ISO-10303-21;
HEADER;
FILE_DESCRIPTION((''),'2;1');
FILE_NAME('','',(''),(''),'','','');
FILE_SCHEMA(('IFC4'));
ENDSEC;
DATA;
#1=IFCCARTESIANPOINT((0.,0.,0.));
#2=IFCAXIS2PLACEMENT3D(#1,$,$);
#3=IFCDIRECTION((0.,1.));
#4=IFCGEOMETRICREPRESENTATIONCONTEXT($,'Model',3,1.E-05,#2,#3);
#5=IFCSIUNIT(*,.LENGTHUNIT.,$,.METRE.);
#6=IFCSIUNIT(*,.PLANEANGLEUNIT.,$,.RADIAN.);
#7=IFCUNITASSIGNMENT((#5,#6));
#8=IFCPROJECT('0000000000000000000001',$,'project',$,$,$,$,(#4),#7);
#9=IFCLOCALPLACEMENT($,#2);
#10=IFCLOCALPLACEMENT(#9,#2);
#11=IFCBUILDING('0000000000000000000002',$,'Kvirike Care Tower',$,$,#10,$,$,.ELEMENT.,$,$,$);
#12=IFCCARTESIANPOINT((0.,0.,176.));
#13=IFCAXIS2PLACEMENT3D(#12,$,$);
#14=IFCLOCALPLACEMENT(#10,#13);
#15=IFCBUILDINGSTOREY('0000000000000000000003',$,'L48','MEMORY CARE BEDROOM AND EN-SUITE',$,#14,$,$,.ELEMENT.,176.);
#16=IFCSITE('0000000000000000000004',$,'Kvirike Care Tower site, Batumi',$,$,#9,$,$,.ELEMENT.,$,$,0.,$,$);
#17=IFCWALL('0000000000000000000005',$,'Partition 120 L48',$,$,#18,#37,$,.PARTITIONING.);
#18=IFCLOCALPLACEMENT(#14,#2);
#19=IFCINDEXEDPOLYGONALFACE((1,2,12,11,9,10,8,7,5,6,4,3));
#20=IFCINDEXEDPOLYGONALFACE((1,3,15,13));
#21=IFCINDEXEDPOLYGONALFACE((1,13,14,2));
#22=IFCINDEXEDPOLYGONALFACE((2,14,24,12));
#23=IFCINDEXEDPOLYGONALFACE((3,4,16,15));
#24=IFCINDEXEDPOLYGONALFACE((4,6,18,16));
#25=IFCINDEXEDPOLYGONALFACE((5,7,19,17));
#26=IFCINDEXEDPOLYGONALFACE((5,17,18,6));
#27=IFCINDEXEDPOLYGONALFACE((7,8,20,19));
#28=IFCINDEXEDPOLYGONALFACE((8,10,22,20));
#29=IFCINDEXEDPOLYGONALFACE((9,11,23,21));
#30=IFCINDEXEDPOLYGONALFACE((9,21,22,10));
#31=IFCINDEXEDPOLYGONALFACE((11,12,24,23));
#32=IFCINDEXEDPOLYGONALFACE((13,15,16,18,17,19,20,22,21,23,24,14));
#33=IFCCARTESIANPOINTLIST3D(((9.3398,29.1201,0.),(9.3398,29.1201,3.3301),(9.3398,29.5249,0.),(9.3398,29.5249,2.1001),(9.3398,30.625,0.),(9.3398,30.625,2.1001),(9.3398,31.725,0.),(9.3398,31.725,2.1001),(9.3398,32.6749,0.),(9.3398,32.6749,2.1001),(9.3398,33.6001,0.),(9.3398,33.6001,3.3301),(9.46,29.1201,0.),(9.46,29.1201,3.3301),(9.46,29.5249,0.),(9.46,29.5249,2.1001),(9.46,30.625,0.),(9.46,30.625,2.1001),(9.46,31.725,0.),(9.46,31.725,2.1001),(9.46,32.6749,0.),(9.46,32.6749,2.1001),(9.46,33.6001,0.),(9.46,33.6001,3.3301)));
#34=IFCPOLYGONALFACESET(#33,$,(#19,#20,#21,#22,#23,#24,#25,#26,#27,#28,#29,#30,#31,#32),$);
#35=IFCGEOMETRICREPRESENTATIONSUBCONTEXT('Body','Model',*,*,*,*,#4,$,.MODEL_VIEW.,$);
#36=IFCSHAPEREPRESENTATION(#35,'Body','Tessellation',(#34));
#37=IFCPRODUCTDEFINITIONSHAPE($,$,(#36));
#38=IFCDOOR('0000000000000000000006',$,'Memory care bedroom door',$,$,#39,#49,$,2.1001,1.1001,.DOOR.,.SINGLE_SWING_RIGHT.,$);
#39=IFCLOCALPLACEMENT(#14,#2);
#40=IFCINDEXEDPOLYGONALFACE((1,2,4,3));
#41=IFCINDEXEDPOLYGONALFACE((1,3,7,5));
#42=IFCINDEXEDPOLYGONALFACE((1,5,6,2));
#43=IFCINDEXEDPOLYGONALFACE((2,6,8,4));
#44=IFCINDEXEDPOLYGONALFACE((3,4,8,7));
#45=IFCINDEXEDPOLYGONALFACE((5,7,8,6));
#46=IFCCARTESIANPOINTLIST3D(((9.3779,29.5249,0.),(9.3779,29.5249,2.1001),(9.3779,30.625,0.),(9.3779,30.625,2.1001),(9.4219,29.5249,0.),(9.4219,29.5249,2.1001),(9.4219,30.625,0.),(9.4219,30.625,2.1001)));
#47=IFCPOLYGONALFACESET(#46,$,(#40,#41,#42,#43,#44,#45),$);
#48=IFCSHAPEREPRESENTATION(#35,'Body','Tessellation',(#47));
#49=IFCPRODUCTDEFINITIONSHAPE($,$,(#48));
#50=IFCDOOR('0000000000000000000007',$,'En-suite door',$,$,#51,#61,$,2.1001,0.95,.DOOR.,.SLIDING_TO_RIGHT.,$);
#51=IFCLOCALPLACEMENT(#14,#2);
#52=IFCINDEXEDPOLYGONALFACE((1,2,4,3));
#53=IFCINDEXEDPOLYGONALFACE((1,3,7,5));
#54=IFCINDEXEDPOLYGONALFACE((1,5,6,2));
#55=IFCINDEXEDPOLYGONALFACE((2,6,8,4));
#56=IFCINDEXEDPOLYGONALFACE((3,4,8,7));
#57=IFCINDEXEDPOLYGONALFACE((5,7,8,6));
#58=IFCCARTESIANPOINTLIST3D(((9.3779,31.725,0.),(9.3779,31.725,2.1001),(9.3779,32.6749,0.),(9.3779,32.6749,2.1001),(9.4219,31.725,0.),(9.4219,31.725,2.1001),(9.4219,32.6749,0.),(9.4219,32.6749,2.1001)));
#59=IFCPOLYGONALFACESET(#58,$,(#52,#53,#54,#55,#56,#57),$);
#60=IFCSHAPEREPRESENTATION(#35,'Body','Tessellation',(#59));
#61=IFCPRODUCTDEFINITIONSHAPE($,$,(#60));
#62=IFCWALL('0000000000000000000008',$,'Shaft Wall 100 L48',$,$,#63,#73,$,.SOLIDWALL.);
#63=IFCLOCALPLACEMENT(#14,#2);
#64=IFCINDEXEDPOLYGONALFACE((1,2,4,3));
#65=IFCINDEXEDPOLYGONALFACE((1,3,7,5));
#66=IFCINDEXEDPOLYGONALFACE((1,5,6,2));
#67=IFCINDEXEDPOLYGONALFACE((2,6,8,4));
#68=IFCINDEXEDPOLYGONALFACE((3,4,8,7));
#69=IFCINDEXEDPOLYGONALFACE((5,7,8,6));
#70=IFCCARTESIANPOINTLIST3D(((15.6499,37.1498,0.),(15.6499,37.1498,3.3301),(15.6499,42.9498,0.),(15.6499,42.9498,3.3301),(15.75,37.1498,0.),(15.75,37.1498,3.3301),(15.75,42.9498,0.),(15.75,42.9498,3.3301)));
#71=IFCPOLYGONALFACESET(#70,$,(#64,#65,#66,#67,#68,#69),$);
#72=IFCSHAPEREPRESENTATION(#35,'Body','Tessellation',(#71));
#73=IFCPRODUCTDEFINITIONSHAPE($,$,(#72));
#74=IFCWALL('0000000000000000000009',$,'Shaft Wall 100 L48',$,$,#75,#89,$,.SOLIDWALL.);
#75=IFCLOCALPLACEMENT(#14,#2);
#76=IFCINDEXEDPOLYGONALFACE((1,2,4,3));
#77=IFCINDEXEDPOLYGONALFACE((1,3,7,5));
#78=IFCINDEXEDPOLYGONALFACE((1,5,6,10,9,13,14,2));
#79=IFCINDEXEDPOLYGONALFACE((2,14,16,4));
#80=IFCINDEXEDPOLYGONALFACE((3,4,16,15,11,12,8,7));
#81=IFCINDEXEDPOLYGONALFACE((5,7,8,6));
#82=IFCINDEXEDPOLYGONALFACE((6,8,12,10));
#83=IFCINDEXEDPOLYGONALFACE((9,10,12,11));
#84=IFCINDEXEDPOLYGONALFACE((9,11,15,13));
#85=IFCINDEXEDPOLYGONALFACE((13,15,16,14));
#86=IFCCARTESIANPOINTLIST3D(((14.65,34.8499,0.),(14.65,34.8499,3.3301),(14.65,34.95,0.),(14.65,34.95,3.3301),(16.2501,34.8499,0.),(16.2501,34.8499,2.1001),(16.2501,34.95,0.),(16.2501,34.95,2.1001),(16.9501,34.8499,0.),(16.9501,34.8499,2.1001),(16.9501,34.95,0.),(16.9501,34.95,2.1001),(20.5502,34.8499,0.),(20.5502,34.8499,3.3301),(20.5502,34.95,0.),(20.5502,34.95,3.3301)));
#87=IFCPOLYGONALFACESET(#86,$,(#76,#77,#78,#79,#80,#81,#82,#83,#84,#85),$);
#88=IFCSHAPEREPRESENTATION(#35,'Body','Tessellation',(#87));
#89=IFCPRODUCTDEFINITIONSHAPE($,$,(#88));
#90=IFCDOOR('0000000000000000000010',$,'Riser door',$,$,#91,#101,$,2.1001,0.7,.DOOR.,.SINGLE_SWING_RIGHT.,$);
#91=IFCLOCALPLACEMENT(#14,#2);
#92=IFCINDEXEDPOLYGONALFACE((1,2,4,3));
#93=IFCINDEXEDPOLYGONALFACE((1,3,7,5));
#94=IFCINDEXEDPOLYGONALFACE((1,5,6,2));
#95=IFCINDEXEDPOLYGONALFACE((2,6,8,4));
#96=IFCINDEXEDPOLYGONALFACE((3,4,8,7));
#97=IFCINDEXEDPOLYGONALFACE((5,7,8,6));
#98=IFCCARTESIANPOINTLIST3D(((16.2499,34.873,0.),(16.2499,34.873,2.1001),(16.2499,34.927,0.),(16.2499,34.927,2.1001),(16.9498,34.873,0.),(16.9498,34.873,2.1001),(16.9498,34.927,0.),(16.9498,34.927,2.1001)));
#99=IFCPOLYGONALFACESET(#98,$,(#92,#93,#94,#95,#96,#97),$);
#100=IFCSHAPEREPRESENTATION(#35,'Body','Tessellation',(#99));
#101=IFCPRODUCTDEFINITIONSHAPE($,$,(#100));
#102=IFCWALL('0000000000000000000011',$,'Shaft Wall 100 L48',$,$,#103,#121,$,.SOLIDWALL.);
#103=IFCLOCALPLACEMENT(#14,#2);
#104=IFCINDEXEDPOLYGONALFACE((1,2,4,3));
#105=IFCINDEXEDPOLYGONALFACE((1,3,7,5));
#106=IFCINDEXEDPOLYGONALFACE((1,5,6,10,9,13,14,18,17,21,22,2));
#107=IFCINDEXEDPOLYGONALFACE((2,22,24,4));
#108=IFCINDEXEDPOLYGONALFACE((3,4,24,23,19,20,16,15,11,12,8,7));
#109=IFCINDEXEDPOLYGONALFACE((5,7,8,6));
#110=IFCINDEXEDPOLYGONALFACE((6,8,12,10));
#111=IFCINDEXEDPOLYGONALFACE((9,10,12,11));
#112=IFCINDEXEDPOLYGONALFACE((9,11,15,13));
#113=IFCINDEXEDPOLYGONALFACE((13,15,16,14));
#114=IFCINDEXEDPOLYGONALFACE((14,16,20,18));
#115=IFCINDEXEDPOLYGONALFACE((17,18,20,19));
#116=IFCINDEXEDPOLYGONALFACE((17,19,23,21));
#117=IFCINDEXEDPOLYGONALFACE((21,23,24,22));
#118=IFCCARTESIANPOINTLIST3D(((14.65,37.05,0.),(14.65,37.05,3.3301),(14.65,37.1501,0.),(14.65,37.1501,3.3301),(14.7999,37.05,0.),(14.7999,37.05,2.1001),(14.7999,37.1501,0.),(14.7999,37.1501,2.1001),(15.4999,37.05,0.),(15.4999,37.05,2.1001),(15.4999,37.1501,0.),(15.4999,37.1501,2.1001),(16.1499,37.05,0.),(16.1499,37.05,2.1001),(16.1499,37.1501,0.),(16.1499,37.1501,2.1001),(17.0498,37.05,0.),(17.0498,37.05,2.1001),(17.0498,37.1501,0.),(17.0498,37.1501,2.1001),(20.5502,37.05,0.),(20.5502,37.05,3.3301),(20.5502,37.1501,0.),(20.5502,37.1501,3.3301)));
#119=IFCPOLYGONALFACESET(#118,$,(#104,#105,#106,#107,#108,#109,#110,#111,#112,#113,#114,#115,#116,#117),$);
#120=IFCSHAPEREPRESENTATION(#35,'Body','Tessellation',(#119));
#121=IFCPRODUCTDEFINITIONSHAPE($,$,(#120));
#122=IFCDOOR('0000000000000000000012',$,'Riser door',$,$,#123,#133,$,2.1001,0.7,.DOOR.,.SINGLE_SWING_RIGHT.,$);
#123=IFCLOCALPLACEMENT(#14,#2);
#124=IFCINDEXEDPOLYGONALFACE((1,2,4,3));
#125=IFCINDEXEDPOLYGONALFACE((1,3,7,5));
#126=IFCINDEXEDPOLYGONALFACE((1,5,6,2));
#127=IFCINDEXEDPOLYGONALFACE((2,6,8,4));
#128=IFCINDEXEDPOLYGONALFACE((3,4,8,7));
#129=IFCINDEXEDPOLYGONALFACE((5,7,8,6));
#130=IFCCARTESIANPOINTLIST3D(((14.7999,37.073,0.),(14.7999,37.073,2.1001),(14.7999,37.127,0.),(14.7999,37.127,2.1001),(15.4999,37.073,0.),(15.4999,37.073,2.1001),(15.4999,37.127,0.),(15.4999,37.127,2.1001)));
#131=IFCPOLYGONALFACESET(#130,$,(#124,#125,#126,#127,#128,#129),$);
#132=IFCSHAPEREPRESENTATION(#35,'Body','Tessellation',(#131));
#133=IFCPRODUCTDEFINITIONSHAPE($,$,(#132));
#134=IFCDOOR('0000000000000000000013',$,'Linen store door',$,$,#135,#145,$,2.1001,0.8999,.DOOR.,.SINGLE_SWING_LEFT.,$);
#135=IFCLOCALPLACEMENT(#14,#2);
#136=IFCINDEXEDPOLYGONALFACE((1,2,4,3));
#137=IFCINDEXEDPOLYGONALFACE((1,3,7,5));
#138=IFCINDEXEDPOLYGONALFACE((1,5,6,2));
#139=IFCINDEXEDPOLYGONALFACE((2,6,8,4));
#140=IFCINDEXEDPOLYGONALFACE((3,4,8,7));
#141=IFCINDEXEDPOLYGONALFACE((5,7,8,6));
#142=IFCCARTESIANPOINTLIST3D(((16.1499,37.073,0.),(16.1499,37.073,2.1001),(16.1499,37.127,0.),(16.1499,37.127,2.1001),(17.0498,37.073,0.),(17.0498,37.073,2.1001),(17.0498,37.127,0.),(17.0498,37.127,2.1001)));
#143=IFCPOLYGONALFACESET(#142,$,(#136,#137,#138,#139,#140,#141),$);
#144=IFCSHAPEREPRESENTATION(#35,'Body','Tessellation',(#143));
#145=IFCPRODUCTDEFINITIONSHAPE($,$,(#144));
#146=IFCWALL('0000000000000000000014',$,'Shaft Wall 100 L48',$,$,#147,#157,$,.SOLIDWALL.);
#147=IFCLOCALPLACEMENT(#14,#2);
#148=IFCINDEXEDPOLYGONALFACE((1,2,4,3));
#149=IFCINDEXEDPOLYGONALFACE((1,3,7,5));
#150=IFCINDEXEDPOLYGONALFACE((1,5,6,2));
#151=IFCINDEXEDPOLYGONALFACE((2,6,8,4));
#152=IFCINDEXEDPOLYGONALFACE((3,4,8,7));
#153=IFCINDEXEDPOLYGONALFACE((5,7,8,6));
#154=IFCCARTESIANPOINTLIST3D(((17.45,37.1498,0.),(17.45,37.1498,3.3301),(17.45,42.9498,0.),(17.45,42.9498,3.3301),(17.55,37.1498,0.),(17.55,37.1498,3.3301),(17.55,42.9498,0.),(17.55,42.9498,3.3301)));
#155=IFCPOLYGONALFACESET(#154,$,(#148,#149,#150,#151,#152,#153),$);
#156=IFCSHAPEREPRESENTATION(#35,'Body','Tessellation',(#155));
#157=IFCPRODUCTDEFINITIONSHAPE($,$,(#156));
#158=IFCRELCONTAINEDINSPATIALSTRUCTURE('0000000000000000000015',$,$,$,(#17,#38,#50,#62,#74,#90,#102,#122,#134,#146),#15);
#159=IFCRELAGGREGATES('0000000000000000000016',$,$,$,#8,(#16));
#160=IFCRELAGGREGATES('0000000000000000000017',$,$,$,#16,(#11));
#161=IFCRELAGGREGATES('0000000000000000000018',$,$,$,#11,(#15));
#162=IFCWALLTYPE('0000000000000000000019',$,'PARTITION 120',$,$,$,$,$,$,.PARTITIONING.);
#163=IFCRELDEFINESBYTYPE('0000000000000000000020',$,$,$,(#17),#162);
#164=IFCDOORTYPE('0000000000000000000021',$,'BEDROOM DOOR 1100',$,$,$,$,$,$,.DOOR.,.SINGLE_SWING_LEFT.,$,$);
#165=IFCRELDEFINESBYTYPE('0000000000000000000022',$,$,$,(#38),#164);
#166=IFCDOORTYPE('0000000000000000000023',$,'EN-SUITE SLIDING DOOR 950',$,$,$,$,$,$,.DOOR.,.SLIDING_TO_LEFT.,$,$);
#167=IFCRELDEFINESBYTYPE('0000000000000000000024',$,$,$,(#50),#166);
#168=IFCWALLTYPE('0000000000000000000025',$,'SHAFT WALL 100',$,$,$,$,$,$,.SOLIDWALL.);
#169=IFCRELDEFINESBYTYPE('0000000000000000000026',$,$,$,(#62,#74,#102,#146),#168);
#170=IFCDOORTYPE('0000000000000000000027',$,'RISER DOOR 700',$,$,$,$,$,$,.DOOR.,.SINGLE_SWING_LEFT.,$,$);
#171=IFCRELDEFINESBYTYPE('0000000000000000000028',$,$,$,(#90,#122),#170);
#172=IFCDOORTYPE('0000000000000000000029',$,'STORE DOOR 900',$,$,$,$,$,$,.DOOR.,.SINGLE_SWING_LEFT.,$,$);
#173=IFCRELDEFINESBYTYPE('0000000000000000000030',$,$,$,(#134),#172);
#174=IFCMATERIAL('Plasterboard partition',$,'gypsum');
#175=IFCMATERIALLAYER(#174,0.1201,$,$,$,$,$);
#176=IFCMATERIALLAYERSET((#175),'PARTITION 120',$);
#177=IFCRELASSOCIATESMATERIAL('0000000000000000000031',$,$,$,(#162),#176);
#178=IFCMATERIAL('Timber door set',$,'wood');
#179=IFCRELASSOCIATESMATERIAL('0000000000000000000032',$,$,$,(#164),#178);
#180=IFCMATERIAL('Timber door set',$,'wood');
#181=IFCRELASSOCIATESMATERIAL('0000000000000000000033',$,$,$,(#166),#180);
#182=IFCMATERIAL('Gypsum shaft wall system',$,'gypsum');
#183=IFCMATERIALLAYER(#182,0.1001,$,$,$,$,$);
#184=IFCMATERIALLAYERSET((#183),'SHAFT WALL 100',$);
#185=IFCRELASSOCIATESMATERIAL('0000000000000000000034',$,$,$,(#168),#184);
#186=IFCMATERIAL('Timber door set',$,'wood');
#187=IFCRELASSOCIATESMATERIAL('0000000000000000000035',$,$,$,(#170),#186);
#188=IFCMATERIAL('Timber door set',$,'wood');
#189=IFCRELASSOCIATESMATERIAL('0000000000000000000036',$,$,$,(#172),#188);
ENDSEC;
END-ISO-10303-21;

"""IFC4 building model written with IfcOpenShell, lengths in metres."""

from ifc_helpers import new_model, si_unit, direction, frame, frame_2d, origin, place, context, subcontext, project, spatial, rectangle, extrude, material, layer, layer_set, type_object, element, fill, save


model = new_model("IFC4")

# Units and contexts
model_context = context("Model", 3, precision=1e-05, world=origin(), true_north=direction((0.0, 1.0)))
body_context = subcontext(model_context, "Body", "Model", "MODEL_VIEW")
ifc_project = project(units=[si_unit("LENGTHUNIT", "METRE"), si_unit("PLANEANGLEUNIT", "RADIAN")], contexts=[model_context])

# Site, building, storey
site_placement = place(None, origin())
site = spatial("IfcSite", under=ifc_project, at=site_placement, Name="Kvirike Care Tower site, Batumi", CompositionType="ELEMENT", RefElevation=0.0)
building_placement = place(site_placement, origin())
building = spatial("IfcBuilding", under=site, at=building_placement, Name="Kvirike Care Tower", CompositionType="ELEMENT")
storey_placement = place(building_placement, frame((0.0, 0.0, 176.0)))
storey = spatial("IfcBuildingStorey", under=building, at=storey_placement, Name="L48", Description="MEMORY CARE BEDROOM AND EN-SUITE", CompositionType="ELEMENT", Elevation=176.0)

# Shared definitions
ifc_material_1 = material(Name="Plasterboard partition", Category="gypsum")
ifc_layer_1 = layer(ifc_material_1, 0.1201)
ifc_layer_set_1 = layer_set([ifc_layer_1], Name="PARTITION 120")
wall_type_1 = type_object("IfcWallType", Name="PARTITION 120", PredefinedType="PARTITIONING", material=ifc_layer_set_1)

# Wall, openings, doors
wall_1_placement = place(storey_placement, frame((9.3999, 33.6001, 0.0), z_axis=(0.0, 0.0, 1.0), x_axis=(0.0, -1.0, 0.0)))
wall_1 = element("IfcWall", 1, at=wall_1_placement, inside=storey, type_object=wall_type_1, Name="Partition 120 L48", PredefinedType="PARTITIONING", context=body_context, shape_type="SweptSolid", body=[
    extrude(rectangle(XDim=4.48, YDim=0.1201, at=frame_2d((2.24, 0.0))), origin(), (0.0, 0.0, 1.0), 3.3301),
])
opening_1_placement = place(wall_1_placement, frame((2.9751, 0.0, 0.0)))
opening_1 = element("IfcOpeningElement", 2, at=opening_1_placement, cuts=wall_1, PredefinedType="OPENING", context=body_context, shape_type="SweptSolid", body=[
    extrude(rectangle(XDim=1.1001, YDim=2.1001, at=frame_2d((0.55, 1.05))), frame((0.0, 0.0706, 0.0), z_axis=(0.0, -1.0, 0.0), x_axis=(1.0, 0.0, 0.0)), (0.0, 0.0, 1.0), 0.1411),
])
opening_2_placement = place(wall_1_placement, frame((0.925, 0.0, 0.0)))
opening_2 = element("IfcOpeningElement", 3, at=opening_2_placement, cuts=wall_1, PredefinedType="OPENING", context=body_context, shape_type="SweptSolid", body=[
    extrude(rectangle(XDim=0.95, YDim=2.1001, at=frame_2d((0.4751, 1.05))), frame((0.0, 0.0706, 0.0), z_axis=(0.0, -1.0, 0.0), x_axis=(1.0, 0.0, 0.0)), (0.0, 0.0, 1.0), 0.1411),
])
ifc_material_2 = material(Name="Timber door set", Category="wood")
door_type_1 = type_object("IfcDoorType", Name="BEDROOM DOOR 1100", OperationType="SINGLE_SWING_LEFT", PredefinedType="DOOR", material=ifc_material_2)
door_1_placement = place(opening_1_placement, origin())
door_1 = element("IfcDoor", 4, at=door_1_placement, inside=storey, type_object=door_type_1, Name="Memory care bedroom door", OperationType="SINGLE_SWING_RIGHT", OverallHeight=2.1001, OverallWidth=1.1001, PredefinedType="DOOR", context=body_context, shape_type="SweptSolid", body=[
    extrude(rectangle(XDim=1.1001, YDim=2.1001, at=frame_2d((0.55, 1.05))), frame((0.0, 0.022, 0.0), z_axis=(0.0, -1.0, 0.0), x_axis=(1.0, 0.0, 0.0)), (0.0, 0.0, 1.0), 0.0439),
])
fill(opening_1, door_1)
ifc_material_3 = material(Name="Timber door set", Category="wood")
door_type_2 = type_object("IfcDoorType", Name="EN-SUITE SLIDING DOOR 950", OperationType="SLIDING_TO_LEFT", PredefinedType="DOOR", material=ifc_material_3)
door_2_placement = place(opening_2_placement, origin())
door_2 = element("IfcDoor", 5, at=door_2_placement, inside=storey, type_object=door_type_2, Name="En-suite door", OperationType="SLIDING_TO_RIGHT", OverallHeight=2.1001, OverallWidth=0.95, PredefinedType="DOOR", context=body_context, shape_type="SweptSolid", body=[
    extrude(rectangle(XDim=0.95, YDim=2.1001, at=frame_2d((0.4751, 1.05))), frame((0.0, 0.022, 0.0), z_axis=(0.0, -1.0, 0.0), x_axis=(1.0, 0.0, 0.0)), (0.0, 0.0, 1.0), 0.0439),
])
fill(opening_2, door_2)

# Wall
ifc_material_4 = material(Name="Gypsum shaft wall system", Category="gypsum")
ifc_layer_2 = layer(ifc_material_4, 0.1001)
ifc_layer_set_2 = layer_set([ifc_layer_2], Name="SHAFT WALL 100")
wall_type_2 = type_object("IfcWallType", Name="SHAFT WALL 100", PredefinedType="SOLIDWALL", material=ifc_layer_set_2)
wall_2_placement = place(storey_placement, frame((15.7, 37.1499, 0.0), z_axis=(0.0, 0.0, 1.0), x_axis=(0.0, 1.0, 0.0)))
element("IfcWall", 6, at=wall_2_placement, inside=storey, type_object=wall_type_2, Name="Shaft Wall 100 L48", PredefinedType="SOLIDWALL", context=body_context, shape_type="SweptSolid", body=[
    extrude(rectangle(XDim=5.8, YDim=0.1001, at=frame_2d((2.8999, 0.0))), origin(), (0.0, 0.0, 1.0), 3.3301),
])

# Wall, opening, door
wall_3_placement = place(storey_placement, frame((14.6499, 34.8999, 0.0), z_axis=(0.0, 0.0, 1.0), x_axis=(1.0, 0.0, 0.0)))
wall_3 = element("IfcWall", 7, at=wall_3_placement, inside=storey, type_object=wall_type_2, Name="Shaft Wall 100 L48", PredefinedType="SOLIDWALL", context=body_context, shape_type="SweptSolid", body=[
    extrude(rectangle(XDim=5.9001, YDim=0.1001, at=frame_2d((2.9502, 0.0))), origin(), (0.0, 0.0, 1.0), 3.3301),
])
opening_3_placement = place(wall_3_placement, frame((1.6001, 0.0, 0.0)))
opening_3 = element("IfcOpeningElement", 8, at=opening_3_placement, cuts=wall_3, PredefinedType="OPENING", context=body_context, shape_type="SweptSolid", body=[
    extrude(rectangle(XDim=0.7, YDim=2.1001, at=frame_2d((0.3501, 1.05))), frame((0.0, 0.0605, 0.0), z_axis=(0.0, -1.0, 0.0), x_axis=(1.0, 0.0, 0.0)), (0.0, 0.0, 1.0), 0.1211),
])
ifc_material_5 = material(Name="Timber door set", Category="wood")
door_type_3 = type_object("IfcDoorType", Name="RISER DOOR 700", OperationType="SINGLE_SWING_LEFT", PredefinedType="DOOR", material=ifc_material_5)
door_3_placement = place(opening_3_placement, frame((0.7, 0.0, 0.0), z_axis=(0.0, 0.0, 1.0), x_axis=(-1.0, 0.0, 0.0)))
door_3 = element("IfcDoor", 9, at=door_3_placement, inside=storey, type_object=door_type_3, Name="Riser door", OperationType="SINGLE_SWING_RIGHT", OverallHeight=2.1001, OverallWidth=0.7, PredefinedType="DOOR", context=body_context, shape_type="SweptSolid", body=[
    extrude(rectangle(XDim=0.7, YDim=2.1001, at=frame_2d((0.3501, 1.05))), frame((0.0, 0.0269, 0.0), z_axis=(0.0, -1.0, 0.0), x_axis=(1.0, 0.0, 0.0)), (0.0, 0.0, 1.0), 0.054),
])
fill(opening_3, door_3)

# Wall, openings, doors
wall_4_placement = place(storey_placement, frame((14.6499, 37.1001, 0.0), z_axis=(0.0, 0.0, 1.0), x_axis=(1.0, 0.0, 0.0)))
wall_4 = element("IfcWall", 10, at=wall_4_placement, inside=storey, type_object=wall_type_2, Name="Shaft Wall 100 L48", PredefinedType="SOLIDWALL", context=body_context, shape_type="SweptSolid", body=[
    extrude(rectangle(XDim=5.9001, YDim=0.1001, at=frame_2d((2.9502, 0.0))), origin(), (0.0, 0.0, 1.0), 3.3301),
])
opening_4_placement = place(wall_4_placement, frame((0.1499, 0.0, 0.0)))
opening_4 = element("IfcOpeningElement", 11, at=opening_4_placement, cuts=wall_4, PredefinedType="OPENING", context=body_context, shape_type="SweptSolid", body=[
    extrude(rectangle(XDim=0.7, YDim=2.1001, at=frame_2d((0.3501, 1.05))), frame((0.0, 0.0605, 0.0), z_axis=(0.0, -1.0, 0.0), x_axis=(1.0, 0.0, 0.0)), (0.0, 0.0, 1.0), 0.1211),
])
opening_5_placement = place(wall_4_placement, frame((1.5, 0.0, 0.0)))
opening_5 = element("IfcOpeningElement", 12, at=opening_5_placement, cuts=wall_4, PredefinedType="OPENING", context=body_context, shape_type="SweptSolid", body=[
    extrude(rectangle(XDim=0.8999, YDim=2.1001, at=frame_2d((0.45, 1.05))), frame((0.0, 0.0605, 0.0), z_axis=(0.0, -1.0, 0.0), x_axis=(1.0, 0.0, 0.0)), (0.0, 0.0, 1.0), 0.1211),
])
door_4_placement = place(opening_4_placement, origin())
door_4 = element("IfcDoor", 13, at=door_4_placement, inside=storey, type_object=door_type_3, Name="Riser door", OperationType="SINGLE_SWING_RIGHT", OverallHeight=2.1001, OverallWidth=0.7, PredefinedType="DOOR", context=body_context, shape_type="SweptSolid", body=[
    extrude(rectangle(XDim=0.7, YDim=2.1001, at=frame_2d((0.3501, 1.05))), frame((0.0, 0.0269, 0.0), z_axis=(0.0, -1.0, 0.0), x_axis=(1.0, 0.0, 0.0)), (0.0, 0.0, 1.0), 0.054),
])
fill(opening_4, door_4)
ifc_material_6 = material(Name="Timber door set", Category="wood")
door_type_4 = type_object("IfcDoorType", Name="STORE DOOR 900", OperationType="SINGLE_SWING_LEFT", PredefinedType="DOOR", material=ifc_material_6)
door_5_placement = place(opening_5_placement, origin())
door_5 = element("IfcDoor", 14, at=door_5_placement, inside=storey, type_object=door_type_4, Name="Linen store door", OperationType="SINGLE_SWING_LEFT", OverallHeight=2.1001, OverallWidth=0.8999, PredefinedType="DOOR", context=body_context, shape_type="SweptSolid", body=[
    extrude(rectangle(XDim=0.8999, YDim=2.1001, at=frame_2d((0.45, 1.05))), frame((0.0, 0.0269, 0.0), z_axis=(0.0, -1.0, 0.0), x_axis=(1.0, 0.0, 0.0)), (0.0, 0.0, 1.0), 0.054),
])
fill(opening_5, door_5)

# Wall
wall_5_placement = place(storey_placement, frame((17.5, 37.1499, 0.0), z_axis=(0.0, 0.0, 1.0), x_axis=(0.0, 1.0, 0.0)))
element("IfcWall", 15, at=wall_5_placement, inside=storey, type_object=wall_type_2, Name="Shaft Wall 100 L48", PredefinedType="SOLIDWALL", context=body_context, shape_type="SweptSolid", body=[
    extrude(rectangle(XDim=5.8, YDim=0.1001, at=frame_2d((2.8999, 0.0))), origin(), (0.0, 0.0, 1.0), 3.3301),
])

save(model, "model.ifc")
